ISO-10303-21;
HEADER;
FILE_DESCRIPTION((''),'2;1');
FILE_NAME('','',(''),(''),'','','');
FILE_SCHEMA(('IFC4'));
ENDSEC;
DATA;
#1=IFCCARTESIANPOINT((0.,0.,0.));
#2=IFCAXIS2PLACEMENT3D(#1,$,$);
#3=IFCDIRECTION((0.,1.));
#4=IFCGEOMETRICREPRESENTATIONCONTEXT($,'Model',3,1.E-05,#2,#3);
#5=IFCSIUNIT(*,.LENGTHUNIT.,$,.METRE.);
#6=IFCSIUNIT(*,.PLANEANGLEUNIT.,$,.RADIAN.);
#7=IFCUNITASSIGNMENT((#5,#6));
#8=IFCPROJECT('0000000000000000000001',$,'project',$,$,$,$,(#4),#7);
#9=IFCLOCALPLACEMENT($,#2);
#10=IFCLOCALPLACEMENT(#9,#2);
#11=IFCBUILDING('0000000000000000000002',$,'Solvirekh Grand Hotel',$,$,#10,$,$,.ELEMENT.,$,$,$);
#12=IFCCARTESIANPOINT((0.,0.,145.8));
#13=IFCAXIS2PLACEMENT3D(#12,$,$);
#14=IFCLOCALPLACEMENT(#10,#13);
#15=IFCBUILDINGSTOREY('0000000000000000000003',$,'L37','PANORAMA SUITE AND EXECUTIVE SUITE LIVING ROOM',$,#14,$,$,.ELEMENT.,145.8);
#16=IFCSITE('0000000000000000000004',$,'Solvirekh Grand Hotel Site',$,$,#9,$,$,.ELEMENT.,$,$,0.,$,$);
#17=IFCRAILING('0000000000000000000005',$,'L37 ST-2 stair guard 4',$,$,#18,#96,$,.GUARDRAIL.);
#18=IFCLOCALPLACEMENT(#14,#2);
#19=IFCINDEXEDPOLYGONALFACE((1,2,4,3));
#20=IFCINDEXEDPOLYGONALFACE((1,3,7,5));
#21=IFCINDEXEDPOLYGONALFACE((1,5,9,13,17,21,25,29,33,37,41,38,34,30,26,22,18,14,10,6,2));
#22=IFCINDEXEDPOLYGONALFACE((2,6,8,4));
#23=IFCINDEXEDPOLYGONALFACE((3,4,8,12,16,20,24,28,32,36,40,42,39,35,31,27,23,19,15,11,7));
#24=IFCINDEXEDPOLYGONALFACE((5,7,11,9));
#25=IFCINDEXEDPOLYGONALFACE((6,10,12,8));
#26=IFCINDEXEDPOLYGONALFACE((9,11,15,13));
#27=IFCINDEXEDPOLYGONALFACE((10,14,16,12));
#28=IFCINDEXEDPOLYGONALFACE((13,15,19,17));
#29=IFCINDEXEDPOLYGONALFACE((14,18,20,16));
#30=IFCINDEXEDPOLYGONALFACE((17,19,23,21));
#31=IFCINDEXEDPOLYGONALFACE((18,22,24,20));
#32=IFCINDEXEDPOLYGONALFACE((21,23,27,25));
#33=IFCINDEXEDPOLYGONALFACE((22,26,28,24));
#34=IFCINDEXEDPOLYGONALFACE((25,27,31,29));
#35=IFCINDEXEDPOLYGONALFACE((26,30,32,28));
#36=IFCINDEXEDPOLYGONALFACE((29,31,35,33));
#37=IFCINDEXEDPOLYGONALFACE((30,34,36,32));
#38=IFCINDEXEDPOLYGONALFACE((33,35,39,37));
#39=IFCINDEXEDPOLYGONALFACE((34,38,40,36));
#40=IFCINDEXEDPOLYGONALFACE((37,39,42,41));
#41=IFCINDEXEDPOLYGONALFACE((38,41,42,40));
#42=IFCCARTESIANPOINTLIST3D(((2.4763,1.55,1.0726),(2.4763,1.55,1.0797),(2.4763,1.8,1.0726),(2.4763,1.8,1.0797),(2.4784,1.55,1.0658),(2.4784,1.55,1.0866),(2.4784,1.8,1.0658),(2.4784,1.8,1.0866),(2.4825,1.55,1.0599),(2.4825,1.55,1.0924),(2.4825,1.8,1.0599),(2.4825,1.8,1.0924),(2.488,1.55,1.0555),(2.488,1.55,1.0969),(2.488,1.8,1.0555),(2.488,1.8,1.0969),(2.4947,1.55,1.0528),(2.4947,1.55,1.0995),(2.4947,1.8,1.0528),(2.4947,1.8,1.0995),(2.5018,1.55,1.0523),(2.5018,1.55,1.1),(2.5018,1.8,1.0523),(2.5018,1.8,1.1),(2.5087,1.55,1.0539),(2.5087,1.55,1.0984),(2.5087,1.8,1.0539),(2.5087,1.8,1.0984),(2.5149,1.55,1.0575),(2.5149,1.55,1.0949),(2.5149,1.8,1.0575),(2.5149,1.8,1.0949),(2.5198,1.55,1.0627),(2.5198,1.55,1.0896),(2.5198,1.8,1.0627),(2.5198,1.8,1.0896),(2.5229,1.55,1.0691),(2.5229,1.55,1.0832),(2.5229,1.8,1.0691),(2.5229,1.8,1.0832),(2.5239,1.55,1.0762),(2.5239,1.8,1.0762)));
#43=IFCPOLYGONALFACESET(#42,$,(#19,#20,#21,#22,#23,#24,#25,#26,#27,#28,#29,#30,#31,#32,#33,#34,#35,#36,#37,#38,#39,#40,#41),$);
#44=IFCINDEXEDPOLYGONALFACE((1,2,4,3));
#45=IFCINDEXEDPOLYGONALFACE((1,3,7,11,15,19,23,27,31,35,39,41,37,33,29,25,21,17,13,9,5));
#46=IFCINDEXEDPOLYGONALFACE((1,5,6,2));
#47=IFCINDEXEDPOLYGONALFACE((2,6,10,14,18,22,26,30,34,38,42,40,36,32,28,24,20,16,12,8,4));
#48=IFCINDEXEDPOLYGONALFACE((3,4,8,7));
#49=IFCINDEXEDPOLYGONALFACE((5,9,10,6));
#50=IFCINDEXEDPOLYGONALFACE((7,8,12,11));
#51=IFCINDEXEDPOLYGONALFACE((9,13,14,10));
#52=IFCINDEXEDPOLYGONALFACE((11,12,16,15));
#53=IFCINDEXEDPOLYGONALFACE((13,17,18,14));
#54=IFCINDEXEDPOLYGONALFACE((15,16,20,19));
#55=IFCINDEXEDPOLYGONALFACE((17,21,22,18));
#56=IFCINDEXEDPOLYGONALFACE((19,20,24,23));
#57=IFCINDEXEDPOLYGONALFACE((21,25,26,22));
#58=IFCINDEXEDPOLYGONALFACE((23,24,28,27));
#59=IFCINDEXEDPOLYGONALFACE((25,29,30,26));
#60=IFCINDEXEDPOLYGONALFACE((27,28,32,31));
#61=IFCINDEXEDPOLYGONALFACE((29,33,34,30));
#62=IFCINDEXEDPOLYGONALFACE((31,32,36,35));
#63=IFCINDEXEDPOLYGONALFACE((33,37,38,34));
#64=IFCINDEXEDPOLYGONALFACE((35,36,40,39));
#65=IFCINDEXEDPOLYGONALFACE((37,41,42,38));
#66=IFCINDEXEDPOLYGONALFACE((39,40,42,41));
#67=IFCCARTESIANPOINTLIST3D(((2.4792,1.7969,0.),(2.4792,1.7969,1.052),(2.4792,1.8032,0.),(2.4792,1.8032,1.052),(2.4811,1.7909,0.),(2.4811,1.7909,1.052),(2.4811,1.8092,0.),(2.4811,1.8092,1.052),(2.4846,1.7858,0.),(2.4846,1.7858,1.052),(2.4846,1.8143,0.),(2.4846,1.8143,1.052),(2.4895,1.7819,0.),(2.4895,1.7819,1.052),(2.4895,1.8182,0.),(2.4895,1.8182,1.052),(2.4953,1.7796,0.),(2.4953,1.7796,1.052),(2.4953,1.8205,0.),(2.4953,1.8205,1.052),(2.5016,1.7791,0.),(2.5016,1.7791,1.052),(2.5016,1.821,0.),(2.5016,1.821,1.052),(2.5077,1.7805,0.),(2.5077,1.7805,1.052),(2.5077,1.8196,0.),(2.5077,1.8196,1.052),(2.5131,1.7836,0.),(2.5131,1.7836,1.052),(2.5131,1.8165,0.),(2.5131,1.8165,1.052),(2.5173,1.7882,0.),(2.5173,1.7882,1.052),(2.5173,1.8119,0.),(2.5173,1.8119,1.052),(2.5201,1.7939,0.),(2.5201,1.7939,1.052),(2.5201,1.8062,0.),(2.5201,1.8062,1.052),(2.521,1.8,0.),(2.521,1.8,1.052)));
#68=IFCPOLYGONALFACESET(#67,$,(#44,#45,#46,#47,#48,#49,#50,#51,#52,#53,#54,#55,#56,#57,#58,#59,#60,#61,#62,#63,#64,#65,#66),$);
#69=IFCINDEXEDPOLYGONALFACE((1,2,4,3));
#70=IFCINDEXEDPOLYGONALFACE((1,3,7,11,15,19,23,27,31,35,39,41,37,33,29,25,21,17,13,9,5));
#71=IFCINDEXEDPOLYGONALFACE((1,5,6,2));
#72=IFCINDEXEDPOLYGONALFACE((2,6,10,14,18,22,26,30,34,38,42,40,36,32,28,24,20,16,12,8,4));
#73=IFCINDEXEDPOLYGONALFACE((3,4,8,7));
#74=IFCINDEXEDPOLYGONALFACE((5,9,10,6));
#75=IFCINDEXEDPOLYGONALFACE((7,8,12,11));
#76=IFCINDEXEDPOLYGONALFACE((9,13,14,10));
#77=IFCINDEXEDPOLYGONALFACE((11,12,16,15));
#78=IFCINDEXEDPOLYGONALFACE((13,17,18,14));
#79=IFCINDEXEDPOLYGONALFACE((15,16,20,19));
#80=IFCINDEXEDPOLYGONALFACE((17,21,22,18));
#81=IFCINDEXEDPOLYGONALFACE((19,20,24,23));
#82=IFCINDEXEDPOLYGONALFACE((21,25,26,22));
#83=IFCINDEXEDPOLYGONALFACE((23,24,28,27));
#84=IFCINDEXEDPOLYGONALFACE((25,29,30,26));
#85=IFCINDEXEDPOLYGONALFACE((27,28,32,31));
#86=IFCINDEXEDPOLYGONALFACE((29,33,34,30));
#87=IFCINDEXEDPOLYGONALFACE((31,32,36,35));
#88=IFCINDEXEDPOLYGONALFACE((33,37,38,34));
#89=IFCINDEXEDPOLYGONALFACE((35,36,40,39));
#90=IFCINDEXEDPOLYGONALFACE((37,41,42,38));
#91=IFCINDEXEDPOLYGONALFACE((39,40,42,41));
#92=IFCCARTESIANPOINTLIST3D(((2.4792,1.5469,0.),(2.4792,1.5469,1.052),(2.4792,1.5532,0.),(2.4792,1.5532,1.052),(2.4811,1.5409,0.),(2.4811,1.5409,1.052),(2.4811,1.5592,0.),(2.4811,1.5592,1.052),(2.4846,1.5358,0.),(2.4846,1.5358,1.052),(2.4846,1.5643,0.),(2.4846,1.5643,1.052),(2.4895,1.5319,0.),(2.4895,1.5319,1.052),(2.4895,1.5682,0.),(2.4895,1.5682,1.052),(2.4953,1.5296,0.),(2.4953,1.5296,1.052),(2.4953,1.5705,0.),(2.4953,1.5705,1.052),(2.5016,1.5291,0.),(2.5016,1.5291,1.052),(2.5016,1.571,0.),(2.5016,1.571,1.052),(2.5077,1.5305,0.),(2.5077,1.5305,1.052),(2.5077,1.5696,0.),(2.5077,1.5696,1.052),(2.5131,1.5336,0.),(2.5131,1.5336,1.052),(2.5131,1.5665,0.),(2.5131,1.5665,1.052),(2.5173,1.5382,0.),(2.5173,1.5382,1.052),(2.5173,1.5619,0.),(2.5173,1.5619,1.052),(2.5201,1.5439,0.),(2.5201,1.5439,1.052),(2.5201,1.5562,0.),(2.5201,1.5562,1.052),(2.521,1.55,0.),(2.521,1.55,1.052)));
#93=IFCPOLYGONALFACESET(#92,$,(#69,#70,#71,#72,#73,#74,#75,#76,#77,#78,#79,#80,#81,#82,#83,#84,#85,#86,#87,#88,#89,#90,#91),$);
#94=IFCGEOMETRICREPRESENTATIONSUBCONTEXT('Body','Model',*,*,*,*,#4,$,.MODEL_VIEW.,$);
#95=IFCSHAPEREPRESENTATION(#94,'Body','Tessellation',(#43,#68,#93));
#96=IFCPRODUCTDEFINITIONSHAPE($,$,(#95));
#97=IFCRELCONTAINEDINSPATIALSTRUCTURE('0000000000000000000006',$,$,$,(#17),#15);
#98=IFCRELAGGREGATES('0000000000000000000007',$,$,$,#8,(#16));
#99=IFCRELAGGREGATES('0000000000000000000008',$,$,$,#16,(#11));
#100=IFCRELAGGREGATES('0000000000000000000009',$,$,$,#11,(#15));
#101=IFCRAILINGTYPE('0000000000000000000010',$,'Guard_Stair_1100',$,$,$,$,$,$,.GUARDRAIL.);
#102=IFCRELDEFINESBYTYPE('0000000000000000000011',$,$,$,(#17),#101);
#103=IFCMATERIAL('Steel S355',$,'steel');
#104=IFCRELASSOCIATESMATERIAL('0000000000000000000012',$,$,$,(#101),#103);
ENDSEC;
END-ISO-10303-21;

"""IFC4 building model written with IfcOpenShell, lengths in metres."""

from ifc_helpers import new_model, si_unit, direction, frame, origin, origin_2d, place, context, subcontext, project, spatial, circle, extrude, material, type_object, element, save


model = new_model("IFC4")

# Units and contexts
model_context = context("Model", 3, precision=1e-05, world=origin(), true_north=direction((0.0, 1.0)))
body_context = subcontext(model_context, "Body", "Model", "MODEL_VIEW")
ifc_project = project(units=[si_unit("LENGTHUNIT", "METRE"), si_unit("PLANEANGLEUNIT", "RADIAN")], contexts=[model_context])

# Site, building, storey
site_placement = place(None, origin())
site = spatial("IfcSite", under=ifc_project, at=site_placement, Name="Solvirekh Grand Hotel Site", CompositionType="ELEMENT", RefElevation=0.0)
building_placement = place(site_placement, origin())
building = spatial("IfcBuilding", under=site, at=building_placement, Name="Solvirekh Grand Hotel", CompositionType="ELEMENT")
storey_placement = place(building_placement, frame((0.0, 0.0, 145.8)))
storey = spatial("IfcBuildingStorey", under=building, at=storey_placement, Name="L37", Description="PANORAMA SUITE AND EXECUTIVE SUITE LIVING ROOM", CompositionType="ELEMENT", Elevation=145.8)

# Shared definitions
ifc_material_1 = material(Name="Steel S355", Category="steel")

# Railing
railing_type_1 = type_object("IfcRailingType", Name="Guard_Stair_1100", PredefinedType="GUARDRAIL", material=ifc_material_1)
railing_1_placement = place(storey_placement, frame((2.5, 1.8, 0.0)))
element("IfcRailing", 1, at=railing_1_placement, inside=storey, type_object=railing_type_1, Name="L37 ST-2 stair guard 4", PredefinedType="GUARDRAIL", context=body_context, shape_type="SweptSolid", body=[
    extrude(circle(Radius=0.0239, at=origin_2d()), frame((0.0, 0.0, 1.0762), z_axis=(0.0, -1.0, 0.0), x_axis=(1.0, 0.0, 0.0)), (0.0, 0.0, 1.0), 0.25),
    extrude(circle(Radius=0.021, at=origin_2d()), origin(), (0.0, 0.0, 1.0), 1.052),
    extrude(circle(Radius=0.021, at=origin_2d()), frame((0.0, -0.25, 0.0)), (0.0, 0.0, 1.0), 1.052),
])

save(model, "model.ifc")
